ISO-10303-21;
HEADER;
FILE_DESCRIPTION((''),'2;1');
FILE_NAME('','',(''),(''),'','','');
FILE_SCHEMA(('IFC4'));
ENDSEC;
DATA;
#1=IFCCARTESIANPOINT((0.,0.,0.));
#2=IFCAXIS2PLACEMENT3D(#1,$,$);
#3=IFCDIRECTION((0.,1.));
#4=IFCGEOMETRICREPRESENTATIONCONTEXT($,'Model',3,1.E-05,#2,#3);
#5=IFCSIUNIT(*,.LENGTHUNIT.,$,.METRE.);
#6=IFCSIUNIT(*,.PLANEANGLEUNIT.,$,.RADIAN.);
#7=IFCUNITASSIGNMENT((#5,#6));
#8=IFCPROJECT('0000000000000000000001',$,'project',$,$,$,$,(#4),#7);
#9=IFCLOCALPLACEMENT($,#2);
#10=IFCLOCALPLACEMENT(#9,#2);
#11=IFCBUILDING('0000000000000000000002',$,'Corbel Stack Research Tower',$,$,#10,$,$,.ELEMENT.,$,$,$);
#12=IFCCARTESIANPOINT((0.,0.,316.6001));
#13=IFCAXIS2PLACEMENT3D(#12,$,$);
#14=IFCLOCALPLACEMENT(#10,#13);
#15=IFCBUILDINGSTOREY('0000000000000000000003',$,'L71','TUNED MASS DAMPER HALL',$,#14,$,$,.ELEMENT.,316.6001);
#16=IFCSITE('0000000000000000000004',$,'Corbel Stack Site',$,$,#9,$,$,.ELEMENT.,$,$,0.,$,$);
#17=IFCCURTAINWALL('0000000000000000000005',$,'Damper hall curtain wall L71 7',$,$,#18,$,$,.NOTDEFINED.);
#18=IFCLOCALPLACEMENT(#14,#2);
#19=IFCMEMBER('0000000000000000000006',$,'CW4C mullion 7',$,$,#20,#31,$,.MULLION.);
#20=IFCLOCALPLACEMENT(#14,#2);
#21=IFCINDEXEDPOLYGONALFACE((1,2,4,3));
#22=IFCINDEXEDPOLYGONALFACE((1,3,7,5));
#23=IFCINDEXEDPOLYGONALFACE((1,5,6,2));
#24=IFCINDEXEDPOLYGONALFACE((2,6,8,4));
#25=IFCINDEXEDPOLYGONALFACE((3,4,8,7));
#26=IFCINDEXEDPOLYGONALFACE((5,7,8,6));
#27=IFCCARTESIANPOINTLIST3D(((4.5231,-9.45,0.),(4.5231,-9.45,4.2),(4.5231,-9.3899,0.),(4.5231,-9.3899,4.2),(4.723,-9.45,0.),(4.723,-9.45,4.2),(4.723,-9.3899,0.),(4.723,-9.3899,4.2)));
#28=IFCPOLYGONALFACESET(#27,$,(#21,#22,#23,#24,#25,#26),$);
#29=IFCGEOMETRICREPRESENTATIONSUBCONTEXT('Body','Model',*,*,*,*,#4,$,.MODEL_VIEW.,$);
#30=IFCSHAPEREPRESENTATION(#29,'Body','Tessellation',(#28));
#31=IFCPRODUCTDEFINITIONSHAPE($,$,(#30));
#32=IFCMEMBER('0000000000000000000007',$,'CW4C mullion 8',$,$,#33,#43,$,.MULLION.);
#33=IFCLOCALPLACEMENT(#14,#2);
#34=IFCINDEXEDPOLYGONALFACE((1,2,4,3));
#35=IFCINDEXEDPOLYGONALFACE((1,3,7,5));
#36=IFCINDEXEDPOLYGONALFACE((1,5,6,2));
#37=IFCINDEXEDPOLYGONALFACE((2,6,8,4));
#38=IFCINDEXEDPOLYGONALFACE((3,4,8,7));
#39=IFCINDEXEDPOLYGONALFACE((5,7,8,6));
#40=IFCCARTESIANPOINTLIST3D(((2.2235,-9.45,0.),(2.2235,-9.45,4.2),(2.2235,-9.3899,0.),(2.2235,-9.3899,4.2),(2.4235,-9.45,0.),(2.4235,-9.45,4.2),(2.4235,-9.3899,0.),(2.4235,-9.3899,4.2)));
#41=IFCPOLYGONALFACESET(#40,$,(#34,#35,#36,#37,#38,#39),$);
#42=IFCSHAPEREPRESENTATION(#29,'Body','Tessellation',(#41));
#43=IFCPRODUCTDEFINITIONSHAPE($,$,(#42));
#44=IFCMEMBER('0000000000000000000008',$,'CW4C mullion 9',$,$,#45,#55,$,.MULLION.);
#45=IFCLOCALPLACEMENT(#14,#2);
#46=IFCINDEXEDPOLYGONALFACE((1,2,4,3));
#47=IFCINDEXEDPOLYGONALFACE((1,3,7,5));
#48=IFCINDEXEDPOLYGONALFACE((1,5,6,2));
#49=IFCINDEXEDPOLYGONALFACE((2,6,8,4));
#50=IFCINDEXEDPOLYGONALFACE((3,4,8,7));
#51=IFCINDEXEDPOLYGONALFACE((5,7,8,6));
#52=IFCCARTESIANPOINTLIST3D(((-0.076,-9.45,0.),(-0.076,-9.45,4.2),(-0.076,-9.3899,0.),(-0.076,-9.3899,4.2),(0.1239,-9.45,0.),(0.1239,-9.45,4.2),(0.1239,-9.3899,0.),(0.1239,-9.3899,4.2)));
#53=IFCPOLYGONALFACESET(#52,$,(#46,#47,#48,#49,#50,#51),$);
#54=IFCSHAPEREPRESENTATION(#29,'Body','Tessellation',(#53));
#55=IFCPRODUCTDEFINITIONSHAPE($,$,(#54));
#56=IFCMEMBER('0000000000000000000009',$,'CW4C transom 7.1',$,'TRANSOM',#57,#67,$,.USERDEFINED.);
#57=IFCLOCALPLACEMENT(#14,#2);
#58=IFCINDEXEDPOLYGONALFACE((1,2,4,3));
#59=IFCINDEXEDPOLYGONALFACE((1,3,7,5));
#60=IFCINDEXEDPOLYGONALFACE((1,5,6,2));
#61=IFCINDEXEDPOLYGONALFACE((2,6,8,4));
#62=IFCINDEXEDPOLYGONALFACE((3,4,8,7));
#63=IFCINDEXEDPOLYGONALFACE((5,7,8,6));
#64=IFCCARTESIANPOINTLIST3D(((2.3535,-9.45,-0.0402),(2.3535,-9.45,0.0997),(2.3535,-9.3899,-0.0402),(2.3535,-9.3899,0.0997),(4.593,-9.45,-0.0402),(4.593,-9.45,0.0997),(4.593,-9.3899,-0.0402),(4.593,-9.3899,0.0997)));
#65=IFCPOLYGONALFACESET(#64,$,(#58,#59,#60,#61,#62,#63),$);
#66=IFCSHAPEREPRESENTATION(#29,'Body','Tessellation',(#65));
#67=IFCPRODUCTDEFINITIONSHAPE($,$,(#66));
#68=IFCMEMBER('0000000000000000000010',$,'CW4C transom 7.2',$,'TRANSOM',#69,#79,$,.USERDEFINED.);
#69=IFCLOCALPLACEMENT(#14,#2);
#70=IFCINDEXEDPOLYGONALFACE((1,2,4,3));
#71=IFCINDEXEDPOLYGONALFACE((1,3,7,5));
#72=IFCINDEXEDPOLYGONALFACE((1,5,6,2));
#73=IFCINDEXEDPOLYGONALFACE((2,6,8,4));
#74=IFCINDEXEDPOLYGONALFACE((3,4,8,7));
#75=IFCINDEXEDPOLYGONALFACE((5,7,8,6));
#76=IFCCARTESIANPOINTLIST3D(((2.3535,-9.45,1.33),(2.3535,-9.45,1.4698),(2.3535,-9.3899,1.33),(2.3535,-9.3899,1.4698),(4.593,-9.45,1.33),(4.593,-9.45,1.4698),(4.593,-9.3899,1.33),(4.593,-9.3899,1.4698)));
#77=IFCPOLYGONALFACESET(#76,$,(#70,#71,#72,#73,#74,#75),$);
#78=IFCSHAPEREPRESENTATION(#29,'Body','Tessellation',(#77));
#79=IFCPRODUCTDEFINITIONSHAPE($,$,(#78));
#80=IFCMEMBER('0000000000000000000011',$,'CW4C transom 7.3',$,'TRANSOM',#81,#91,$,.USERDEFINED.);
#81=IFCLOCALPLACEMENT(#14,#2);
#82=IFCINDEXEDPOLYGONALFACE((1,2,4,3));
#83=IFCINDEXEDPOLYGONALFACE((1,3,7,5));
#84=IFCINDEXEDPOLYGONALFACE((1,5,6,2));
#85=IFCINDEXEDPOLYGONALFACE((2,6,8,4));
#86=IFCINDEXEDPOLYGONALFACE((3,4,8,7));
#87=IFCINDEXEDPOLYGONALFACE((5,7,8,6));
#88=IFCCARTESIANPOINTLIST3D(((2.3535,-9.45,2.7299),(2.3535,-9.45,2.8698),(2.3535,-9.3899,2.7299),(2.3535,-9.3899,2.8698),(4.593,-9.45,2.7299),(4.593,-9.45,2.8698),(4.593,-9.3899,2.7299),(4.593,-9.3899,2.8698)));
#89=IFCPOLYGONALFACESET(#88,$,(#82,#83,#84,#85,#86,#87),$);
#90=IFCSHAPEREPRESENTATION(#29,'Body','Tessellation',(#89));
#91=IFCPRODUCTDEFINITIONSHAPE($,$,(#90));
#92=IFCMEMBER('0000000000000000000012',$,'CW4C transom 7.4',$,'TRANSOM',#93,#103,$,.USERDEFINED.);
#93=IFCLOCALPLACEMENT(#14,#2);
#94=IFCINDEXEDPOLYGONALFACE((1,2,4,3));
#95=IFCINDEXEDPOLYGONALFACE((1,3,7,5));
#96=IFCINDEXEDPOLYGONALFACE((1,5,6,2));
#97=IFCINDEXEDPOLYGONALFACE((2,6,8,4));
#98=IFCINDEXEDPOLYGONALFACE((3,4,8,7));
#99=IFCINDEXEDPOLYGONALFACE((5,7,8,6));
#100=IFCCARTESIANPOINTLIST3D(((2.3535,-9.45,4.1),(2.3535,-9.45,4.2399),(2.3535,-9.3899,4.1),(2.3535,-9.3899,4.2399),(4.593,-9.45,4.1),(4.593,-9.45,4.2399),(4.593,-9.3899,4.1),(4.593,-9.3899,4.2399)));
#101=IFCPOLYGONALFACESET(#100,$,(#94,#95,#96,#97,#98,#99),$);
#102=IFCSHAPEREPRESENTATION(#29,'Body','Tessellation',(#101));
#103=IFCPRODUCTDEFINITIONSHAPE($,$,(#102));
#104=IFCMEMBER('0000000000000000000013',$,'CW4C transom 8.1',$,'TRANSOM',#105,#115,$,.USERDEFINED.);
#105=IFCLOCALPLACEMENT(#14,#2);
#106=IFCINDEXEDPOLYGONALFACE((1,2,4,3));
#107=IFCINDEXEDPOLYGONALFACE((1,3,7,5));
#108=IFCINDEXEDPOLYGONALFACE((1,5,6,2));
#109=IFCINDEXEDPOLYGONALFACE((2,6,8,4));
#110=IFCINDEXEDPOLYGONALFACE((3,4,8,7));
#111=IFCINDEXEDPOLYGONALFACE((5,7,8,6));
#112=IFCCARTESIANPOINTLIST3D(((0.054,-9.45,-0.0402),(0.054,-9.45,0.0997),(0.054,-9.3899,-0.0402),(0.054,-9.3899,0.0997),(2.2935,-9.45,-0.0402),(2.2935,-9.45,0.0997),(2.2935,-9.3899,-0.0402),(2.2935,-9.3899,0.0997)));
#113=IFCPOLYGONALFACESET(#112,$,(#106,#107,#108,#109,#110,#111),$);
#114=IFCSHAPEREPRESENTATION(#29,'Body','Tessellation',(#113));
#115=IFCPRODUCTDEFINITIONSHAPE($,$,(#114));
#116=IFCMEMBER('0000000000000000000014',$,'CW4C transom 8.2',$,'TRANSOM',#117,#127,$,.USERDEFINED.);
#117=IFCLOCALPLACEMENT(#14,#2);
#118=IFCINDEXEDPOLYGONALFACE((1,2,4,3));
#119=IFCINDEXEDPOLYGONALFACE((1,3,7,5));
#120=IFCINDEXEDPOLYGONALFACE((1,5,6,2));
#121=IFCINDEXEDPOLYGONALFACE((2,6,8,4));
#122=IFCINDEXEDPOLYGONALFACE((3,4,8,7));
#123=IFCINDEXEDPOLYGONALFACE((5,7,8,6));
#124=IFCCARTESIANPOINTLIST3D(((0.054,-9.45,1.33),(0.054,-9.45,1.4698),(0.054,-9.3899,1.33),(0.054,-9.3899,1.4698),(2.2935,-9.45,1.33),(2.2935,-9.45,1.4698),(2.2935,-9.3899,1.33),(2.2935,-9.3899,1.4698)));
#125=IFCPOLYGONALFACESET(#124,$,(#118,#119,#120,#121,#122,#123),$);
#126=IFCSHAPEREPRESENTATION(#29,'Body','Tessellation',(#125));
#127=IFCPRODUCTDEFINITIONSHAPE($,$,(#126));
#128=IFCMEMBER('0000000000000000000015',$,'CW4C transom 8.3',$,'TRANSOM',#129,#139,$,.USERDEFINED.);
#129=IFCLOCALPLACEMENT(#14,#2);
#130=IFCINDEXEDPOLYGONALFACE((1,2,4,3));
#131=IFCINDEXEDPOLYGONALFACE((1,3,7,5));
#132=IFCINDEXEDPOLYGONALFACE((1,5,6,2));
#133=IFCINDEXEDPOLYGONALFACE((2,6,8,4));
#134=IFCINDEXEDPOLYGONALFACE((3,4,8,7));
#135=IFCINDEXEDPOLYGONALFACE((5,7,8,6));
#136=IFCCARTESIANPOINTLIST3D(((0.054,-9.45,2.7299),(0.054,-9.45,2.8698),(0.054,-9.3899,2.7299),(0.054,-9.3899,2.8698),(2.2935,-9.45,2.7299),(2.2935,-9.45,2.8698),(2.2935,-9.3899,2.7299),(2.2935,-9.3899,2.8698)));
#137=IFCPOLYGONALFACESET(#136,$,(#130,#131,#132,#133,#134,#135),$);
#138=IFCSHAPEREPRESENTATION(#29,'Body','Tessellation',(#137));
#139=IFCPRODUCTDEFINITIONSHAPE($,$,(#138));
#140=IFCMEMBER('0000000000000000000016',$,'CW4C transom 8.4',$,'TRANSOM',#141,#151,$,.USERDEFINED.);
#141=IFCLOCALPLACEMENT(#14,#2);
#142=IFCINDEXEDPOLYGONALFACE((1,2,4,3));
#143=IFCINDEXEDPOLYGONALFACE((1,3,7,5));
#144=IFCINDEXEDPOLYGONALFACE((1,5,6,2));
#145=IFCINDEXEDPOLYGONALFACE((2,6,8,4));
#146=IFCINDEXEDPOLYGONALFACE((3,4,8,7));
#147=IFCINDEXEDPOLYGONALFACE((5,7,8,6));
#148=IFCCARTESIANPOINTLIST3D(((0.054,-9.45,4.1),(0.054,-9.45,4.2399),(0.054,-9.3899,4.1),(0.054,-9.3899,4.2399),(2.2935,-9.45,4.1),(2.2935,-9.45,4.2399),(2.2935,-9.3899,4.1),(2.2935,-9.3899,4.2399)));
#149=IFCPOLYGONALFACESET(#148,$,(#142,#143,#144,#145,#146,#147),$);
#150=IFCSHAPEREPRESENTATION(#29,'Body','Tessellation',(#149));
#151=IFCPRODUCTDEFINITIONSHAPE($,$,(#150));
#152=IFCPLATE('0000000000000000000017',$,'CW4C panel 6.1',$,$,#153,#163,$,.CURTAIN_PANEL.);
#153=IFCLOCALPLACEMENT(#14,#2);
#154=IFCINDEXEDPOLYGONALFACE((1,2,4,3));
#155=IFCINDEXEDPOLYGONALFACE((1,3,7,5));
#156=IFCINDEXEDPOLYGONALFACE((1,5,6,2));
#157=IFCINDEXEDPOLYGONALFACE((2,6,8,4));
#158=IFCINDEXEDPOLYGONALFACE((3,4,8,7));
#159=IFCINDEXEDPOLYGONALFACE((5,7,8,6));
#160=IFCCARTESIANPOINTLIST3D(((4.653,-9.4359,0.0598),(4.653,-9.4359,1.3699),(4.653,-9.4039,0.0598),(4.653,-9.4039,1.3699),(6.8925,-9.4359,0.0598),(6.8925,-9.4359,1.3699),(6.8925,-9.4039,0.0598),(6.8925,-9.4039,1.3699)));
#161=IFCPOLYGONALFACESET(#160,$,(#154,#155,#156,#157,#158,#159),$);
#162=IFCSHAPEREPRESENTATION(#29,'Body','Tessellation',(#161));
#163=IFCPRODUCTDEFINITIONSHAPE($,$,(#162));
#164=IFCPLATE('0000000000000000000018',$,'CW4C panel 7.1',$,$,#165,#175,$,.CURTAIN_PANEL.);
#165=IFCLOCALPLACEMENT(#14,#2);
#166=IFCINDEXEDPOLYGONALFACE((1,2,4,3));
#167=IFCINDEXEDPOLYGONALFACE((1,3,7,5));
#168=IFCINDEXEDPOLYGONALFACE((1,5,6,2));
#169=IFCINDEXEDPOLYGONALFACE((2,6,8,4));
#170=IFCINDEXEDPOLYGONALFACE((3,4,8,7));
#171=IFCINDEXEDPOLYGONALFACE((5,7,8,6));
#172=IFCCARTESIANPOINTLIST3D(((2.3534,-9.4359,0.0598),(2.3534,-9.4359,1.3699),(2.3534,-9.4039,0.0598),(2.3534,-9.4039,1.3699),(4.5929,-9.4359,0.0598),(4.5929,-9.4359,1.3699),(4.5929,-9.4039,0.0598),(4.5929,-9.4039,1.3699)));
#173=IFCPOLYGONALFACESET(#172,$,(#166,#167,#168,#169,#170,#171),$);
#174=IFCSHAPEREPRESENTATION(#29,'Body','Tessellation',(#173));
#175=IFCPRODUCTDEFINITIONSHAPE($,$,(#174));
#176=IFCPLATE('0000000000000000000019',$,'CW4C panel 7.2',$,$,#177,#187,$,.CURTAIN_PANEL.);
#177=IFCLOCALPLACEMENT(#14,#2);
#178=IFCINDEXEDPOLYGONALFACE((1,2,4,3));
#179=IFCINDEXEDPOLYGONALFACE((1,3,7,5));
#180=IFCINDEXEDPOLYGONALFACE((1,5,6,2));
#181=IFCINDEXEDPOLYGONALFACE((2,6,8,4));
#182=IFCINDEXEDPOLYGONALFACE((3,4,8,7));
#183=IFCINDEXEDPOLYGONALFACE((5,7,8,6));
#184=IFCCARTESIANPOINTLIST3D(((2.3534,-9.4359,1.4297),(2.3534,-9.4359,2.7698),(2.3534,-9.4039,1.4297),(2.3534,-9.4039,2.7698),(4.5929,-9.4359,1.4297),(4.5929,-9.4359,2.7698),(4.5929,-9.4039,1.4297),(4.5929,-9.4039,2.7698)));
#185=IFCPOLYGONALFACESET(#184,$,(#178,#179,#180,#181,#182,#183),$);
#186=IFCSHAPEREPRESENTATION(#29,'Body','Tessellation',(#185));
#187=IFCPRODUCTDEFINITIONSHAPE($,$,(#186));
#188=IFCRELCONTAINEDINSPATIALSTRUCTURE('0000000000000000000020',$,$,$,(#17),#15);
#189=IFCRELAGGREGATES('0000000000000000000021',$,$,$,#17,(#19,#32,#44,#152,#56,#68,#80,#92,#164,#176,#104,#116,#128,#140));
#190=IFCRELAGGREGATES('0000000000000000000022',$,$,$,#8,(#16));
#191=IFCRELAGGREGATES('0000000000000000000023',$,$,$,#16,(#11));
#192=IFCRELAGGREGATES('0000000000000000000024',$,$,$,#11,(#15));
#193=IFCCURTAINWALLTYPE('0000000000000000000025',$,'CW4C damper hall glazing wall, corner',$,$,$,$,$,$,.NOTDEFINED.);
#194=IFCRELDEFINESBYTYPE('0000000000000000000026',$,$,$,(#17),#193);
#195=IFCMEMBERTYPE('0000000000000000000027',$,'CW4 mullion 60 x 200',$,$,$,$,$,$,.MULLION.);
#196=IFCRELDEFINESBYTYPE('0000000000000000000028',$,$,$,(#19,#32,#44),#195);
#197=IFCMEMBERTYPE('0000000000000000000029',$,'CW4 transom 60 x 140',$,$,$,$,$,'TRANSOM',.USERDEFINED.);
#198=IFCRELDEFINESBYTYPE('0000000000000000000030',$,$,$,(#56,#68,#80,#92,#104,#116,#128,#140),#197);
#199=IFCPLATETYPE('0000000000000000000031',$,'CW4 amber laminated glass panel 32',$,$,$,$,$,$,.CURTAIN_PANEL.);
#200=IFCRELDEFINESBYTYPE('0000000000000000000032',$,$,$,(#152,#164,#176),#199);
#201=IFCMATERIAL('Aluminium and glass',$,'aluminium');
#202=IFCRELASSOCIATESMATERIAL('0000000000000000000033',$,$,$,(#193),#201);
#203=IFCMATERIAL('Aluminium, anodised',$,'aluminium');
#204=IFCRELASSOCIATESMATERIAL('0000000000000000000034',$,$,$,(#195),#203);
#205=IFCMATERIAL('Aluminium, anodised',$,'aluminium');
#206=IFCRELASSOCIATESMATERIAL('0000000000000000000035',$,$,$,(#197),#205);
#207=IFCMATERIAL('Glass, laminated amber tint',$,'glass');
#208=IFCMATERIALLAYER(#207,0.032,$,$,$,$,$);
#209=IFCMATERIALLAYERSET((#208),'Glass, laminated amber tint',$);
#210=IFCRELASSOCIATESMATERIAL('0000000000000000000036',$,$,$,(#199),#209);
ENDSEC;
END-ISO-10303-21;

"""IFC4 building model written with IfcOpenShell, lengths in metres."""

from ifc_helpers import new_model, si_unit, direction, frame, origin, origin_2d, place, context, subcontext, project, spatial, rectangle, extrude, material, layer, layer_set, material_profile, profile_set, type_object, element, aggregate, save


model = new_model("IFC4")

# Units and contexts
model_context = context("Model", 3, precision=1e-05, world=origin(), true_north=direction((0.0, 1.0)))
body_context = subcontext(model_context, "Body", "Model", "MODEL_VIEW")
ifc_project = project(units=[si_unit("LENGTHUNIT", "METRE"), si_unit("PLANEANGLEUNIT", "RADIAN")], contexts=[model_context])

# Site, building, storey
site_placement = place(None, origin())
site = spatial("IfcSite", under=ifc_project, at=site_placement, Name="Corbel Stack Site", CompositionType="ELEMENT", RefElevation=0.0)
building_placement = place(site_placement, origin())
building = spatial("IfcBuilding", under=site, at=building_placement, Name="Corbel Stack Research Tower", CompositionType="ELEMENT")
storey_placement = place(building_placement, frame((0.0, 0.0, 316.6001)))
storey = spatial("IfcBuildingStorey", under=building, at=storey_placement, Name="L71", Description="TUNED MASS DAMPER HALL", CompositionType="ELEMENT", Elevation=316.6001)

# Curtain wall, members, plates
ifc_material_1 = material(Name="Aluminium and glass", Category="aluminium")
curtain_wall_type = type_object("IfcCurtainWallType", Name="CW4C damper hall glazing wall, corner", PredefinedType="NOTDEFINED", material=ifc_material_1)
curtain_wall_placement = place(storey_placement, origin())
curtain_wall = element("IfcCurtainWall", 1, at=curtain_wall_placement, inside=storey, type_object=curtain_wall_type, Name="Damper hall curtain wall L71 7", PredefinedType="NOTDEFINED")
ifc_material_2 = material(Name="Aluminium, anodised", Category="aluminium")
ifc_material_profile_1 = material_profile(ifc_material_2, rectangle(XDim=0.0601, YDim=0.2, at=origin_2d()), Name="CW4 mullion 60 x 200")
ifc_profile_set_1 = profile_set([ifc_material_profile_1], Name="Aluminium, anodised")
member_type_1 = type_object("IfcMemberType", Name="CW4 mullion 60 x 200", PredefinedType="MULLION", material=ifc_profile_set_1)
member_1_placement = place(storey_placement, frame((4.623, -9.4199, 0.0), z_axis=(0.0, 0.0, 1.0), x_axis=(0.0, -1.0, 0.0)))
member_1 = element("IfcMember", 2, at=member_1_placement, type_object=member_type_1, Name="CW4C mullion 7", PredefinedType="MULLION", context=body_context, shape_type="SweptSolid", body=[
    extrude(rectangle(XDim=0.0601, YDim=0.2, at=origin_2d()), origin(), (0.0, 0.0, 1.0), 4.2),
])
member_2_placement = place(storey_placement, frame((2.3235, -9.4199, 0.0), z_axis=(0.0, 0.0, 1.0), x_axis=(0.0, -1.0, 0.0)))
member_2 = element("IfcMember", 3, at=member_2_placement, type_object=member_type_1, Name="CW4C mullion 8", PredefinedType="MULLION", context=body_context, shape_type="SweptSolid", body=[
    extrude(rectangle(XDim=0.0601, YDim=0.2, at=origin_2d()), origin(), (0.0, 0.0, 1.0), 4.2),
])
member_3_placement = place(storey_placement, frame((0.0239, -9.4199, 0.0), z_axis=(0.0, 0.0, 1.0), x_axis=(0.0, -1.0, 0.0)))
member_3 = element("IfcMember", 4, at=member_3_placement, type_object=member_type_1, Name="CW4C mullion 9", PredefinedType="MULLION", context=body_context, shape_type="SweptSolid", body=[
    extrude(rectangle(XDim=0.0601, YDim=0.2, at=origin_2d()), origin(), (0.0, 0.0, 1.0), 4.2),
])
ifc_material_3 = material(Name="Aluminium, anodised", Category="aluminium")
ifc_material_profile_2 = material_profile(ifc_material_3, rectangle(XDim=0.0601, YDim=0.1399, at=origin_2d()), Name="CW4 transom 60 x 140")
ifc_profile_set_2 = profile_set([ifc_material_profile_2], Name="Aluminium, anodised")
member_type_2 = type_object("IfcMemberType", Name="CW4 transom 60 x 140", ElementType="TRANSOM", PredefinedType="USERDEFINED", material=ifc_profile_set_2)
member_4_placement = place(storey_placement, frame((4.593, -9.4199, 0.0298), z_axis=(-1.0, 0.0, 0.0), x_axis=(0.0, -1.0, 0.0)))
member_4 = element("IfcMember", 5, at=member_4_placement, type_object=member_type_2, Name="CW4C transom 7.1", ObjectType="TRANSOM", PredefinedType="USERDEFINED", context=body_context, shape_type="SweptSolid", body=[
    extrude(rectangle(XDim=0.0601, YDim=0.1399, at=origin_2d()), origin(), (0.0, 0.0, 1.0), 2.2395),
])
member_5_placement = place(storey_placement, frame((4.593, -9.4199, 1.3999), z_axis=(-1.0, 0.0, 0.0), x_axis=(0.0, -1.0, 0.0)))
member_5 = element("IfcMember", 6, at=member_5_placement, type_object=member_type_2, Name="CW4C transom 7.2", ObjectType="TRANSOM", PredefinedType="USERDEFINED", context=body_context, shape_type="SweptSolid", body=[
    extrude(rectangle(XDim=0.0601, YDim=0.1399, at=origin_2d()), origin(), (0.0, 0.0, 1.0), 2.2395),
])
member_6_placement = place(storey_placement, frame((4.593, -9.4199, 2.7998), z_axis=(-1.0, 0.0, 0.0), x_axis=(0.0, -1.0, 0.0)))
member_6 = element("IfcMember", 7, at=member_6_placement, type_object=member_type_2, Name="CW4C transom 7.3", ObjectType="TRANSOM", PredefinedType="USERDEFINED", context=body_context, shape_type="SweptSolid", body=[
    extrude(rectangle(XDim=0.0601, YDim=0.1399, at=origin_2d()), origin(), (0.0, 0.0, 1.0), 2.2395),
])
member_7_placement = place(storey_placement, frame((4.593, -9.4199, 4.1699), z_axis=(-1.0, 0.0, 0.0), x_axis=(0.0, -1.0, 0.0)))
member_7 = element("IfcMember", 8, at=member_7_placement, type_object=member_type_2, Name="CW4C transom 7.4", ObjectType="TRANSOM", PredefinedType="USERDEFINED", context=body_context, shape_type="SweptSolid", body=[
    extrude(rectangle(XDim=0.0601, YDim=0.1399, at=origin_2d()), origin(), (0.0, 0.0, 1.0), 2.2395),
])
member_8_placement = place(storey_placement, frame((2.2935, -9.4199, 0.0298), z_axis=(-1.0, 0.0, 0.0), x_axis=(0.0, -1.0, 0.0)))
member_8 = element("IfcMember", 9, at=member_8_placement, type_object=member_type_2, Name="CW4C transom 8.1", ObjectType="TRANSOM", PredefinedType="USERDEFINED", context=body_context, shape_type="SweptSolid", body=[
    extrude(rectangle(XDim=0.0601, YDim=0.1399, at=origin_2d()), origin(), (0.0, 0.0, 1.0), 2.2395),
])
member_9_placement = place(storey_placement, frame((2.2935, -9.4199, 1.3999), z_axis=(-1.0, 0.0, 0.0), x_axis=(0.0, -1.0, 0.0)))
member_9 = element("IfcMember", 10, at=member_9_placement, type_object=member_type_2, Name="CW4C transom 8.2", ObjectType="TRANSOM", PredefinedType="USERDEFINED", context=body_context, shape_type="SweptSolid", body=[
    extrude(rectangle(XDim=0.0601, YDim=0.1399, at=origin_2d()), origin(), (0.0, 0.0, 1.0), 2.2395),
])
member_10_placement = place(storey_placement, frame((2.2935, -9.4199, 2.7998), z_axis=(-1.0, 0.0, 0.0), x_axis=(0.0, -1.0, 0.0)))
member_10 = element("IfcMember", 11, at=member_10_placement, type_object=member_type_2, Name="CW4C transom 8.3", ObjectType="TRANSOM", PredefinedType="USERDEFINED", context=body_context, shape_type="SweptSolid", body=[
    extrude(rectangle(XDim=0.0601, YDim=0.1399, at=origin_2d()), origin(), (0.0, 0.0, 1.0), 2.2395),
])
member_11_placement = place(storey_placement, frame((2.2935, -9.4199, 4.1699), z_axis=(-1.0, 0.0, 0.0), x_axis=(0.0, -1.0, 0.0)))
member_11 = element("IfcMember", 12, at=member_11_placement, type_object=member_type_2, Name="CW4C transom 8.4", ObjectType="TRANSOM", PredefinedType="USERDEFINED", context=body_context, shape_type="SweptSolid", body=[
    extrude(rectangle(XDim=0.0601, YDim=0.1399, at=origin_2d()), origin(), (0.0, 0.0, 1.0), 2.2395),
])
ifc_material_4 = material(Name="Glass, laminated amber tint", Category="glass")
ifc_layer = layer(ifc_material_4, 0.032)
ifc_layer_set = layer_set([ifc_layer], Name="Glass, laminated amber tint")
plate_type = type_object("IfcPlateType", Name="CW4 amber laminated glass panel 32", PredefinedType="CURTAIN_PANEL", material=ifc_layer_set)
plate_1_placement = place(storey_placement, frame((5.7727, -9.4199, 0.0598), z_axis=(0.0, 0.0, 1.0), x_axis=(-1.0, 0.0, 0.0)))
plate_1 = element("IfcPlate", 13, at=plate_1_placement, type_object=plate_type, Name="CW4C panel 6.1", PredefinedType="CURTAIN_PANEL", context=body_context, shape_type="SweptSolid", body=[
    extrude(rectangle(XDim=2.2395, YDim=0.032, at=origin_2d()), origin(), (0.0, 0.0, 1.0), 1.3101),
])
plate_2_placement = place(storey_placement, frame((3.4731, -9.4199, 0.0598), z_axis=(0.0, 0.0, 1.0), x_axis=(-1.0, 0.0, 0.0)))
plate_2 = element("IfcPlate", 14, at=plate_2_placement, type_object=plate_type, Name="CW4C panel 7.1", PredefinedType="CURTAIN_PANEL", context=body_context, shape_type="SweptSolid", body=[
    extrude(rectangle(XDim=2.2395, YDim=0.032, at=origin_2d()), origin(), (0.0, 0.0, 1.0), 1.3101),
])
plate_3_placement = place(storey_placement, frame((3.4731, -9.4199, 1.4297), z_axis=(0.0, 0.0, 1.0), x_axis=(-1.0, 0.0, 0.0)))
plate_3 = element("IfcPlate", 15, at=plate_3_placement, type_object=plate_type, Name="CW4C panel 7.2", PredefinedType="CURTAIN_PANEL", context=body_context, shape_type="SweptSolid", body=[
    extrude(rectangle(XDim=2.2395, YDim=0.032, at=origin_2d()), origin(), (0.0, 0.0, 1.0), 1.3401),
])
aggregate(curtain_wall, [member_1, member_2, member_3, plate_1, member_4, member_5, member_6, member_7, plate_2, plate_3, member_8, member_9, member_10, member_11])

save(model, "model.ifc")
